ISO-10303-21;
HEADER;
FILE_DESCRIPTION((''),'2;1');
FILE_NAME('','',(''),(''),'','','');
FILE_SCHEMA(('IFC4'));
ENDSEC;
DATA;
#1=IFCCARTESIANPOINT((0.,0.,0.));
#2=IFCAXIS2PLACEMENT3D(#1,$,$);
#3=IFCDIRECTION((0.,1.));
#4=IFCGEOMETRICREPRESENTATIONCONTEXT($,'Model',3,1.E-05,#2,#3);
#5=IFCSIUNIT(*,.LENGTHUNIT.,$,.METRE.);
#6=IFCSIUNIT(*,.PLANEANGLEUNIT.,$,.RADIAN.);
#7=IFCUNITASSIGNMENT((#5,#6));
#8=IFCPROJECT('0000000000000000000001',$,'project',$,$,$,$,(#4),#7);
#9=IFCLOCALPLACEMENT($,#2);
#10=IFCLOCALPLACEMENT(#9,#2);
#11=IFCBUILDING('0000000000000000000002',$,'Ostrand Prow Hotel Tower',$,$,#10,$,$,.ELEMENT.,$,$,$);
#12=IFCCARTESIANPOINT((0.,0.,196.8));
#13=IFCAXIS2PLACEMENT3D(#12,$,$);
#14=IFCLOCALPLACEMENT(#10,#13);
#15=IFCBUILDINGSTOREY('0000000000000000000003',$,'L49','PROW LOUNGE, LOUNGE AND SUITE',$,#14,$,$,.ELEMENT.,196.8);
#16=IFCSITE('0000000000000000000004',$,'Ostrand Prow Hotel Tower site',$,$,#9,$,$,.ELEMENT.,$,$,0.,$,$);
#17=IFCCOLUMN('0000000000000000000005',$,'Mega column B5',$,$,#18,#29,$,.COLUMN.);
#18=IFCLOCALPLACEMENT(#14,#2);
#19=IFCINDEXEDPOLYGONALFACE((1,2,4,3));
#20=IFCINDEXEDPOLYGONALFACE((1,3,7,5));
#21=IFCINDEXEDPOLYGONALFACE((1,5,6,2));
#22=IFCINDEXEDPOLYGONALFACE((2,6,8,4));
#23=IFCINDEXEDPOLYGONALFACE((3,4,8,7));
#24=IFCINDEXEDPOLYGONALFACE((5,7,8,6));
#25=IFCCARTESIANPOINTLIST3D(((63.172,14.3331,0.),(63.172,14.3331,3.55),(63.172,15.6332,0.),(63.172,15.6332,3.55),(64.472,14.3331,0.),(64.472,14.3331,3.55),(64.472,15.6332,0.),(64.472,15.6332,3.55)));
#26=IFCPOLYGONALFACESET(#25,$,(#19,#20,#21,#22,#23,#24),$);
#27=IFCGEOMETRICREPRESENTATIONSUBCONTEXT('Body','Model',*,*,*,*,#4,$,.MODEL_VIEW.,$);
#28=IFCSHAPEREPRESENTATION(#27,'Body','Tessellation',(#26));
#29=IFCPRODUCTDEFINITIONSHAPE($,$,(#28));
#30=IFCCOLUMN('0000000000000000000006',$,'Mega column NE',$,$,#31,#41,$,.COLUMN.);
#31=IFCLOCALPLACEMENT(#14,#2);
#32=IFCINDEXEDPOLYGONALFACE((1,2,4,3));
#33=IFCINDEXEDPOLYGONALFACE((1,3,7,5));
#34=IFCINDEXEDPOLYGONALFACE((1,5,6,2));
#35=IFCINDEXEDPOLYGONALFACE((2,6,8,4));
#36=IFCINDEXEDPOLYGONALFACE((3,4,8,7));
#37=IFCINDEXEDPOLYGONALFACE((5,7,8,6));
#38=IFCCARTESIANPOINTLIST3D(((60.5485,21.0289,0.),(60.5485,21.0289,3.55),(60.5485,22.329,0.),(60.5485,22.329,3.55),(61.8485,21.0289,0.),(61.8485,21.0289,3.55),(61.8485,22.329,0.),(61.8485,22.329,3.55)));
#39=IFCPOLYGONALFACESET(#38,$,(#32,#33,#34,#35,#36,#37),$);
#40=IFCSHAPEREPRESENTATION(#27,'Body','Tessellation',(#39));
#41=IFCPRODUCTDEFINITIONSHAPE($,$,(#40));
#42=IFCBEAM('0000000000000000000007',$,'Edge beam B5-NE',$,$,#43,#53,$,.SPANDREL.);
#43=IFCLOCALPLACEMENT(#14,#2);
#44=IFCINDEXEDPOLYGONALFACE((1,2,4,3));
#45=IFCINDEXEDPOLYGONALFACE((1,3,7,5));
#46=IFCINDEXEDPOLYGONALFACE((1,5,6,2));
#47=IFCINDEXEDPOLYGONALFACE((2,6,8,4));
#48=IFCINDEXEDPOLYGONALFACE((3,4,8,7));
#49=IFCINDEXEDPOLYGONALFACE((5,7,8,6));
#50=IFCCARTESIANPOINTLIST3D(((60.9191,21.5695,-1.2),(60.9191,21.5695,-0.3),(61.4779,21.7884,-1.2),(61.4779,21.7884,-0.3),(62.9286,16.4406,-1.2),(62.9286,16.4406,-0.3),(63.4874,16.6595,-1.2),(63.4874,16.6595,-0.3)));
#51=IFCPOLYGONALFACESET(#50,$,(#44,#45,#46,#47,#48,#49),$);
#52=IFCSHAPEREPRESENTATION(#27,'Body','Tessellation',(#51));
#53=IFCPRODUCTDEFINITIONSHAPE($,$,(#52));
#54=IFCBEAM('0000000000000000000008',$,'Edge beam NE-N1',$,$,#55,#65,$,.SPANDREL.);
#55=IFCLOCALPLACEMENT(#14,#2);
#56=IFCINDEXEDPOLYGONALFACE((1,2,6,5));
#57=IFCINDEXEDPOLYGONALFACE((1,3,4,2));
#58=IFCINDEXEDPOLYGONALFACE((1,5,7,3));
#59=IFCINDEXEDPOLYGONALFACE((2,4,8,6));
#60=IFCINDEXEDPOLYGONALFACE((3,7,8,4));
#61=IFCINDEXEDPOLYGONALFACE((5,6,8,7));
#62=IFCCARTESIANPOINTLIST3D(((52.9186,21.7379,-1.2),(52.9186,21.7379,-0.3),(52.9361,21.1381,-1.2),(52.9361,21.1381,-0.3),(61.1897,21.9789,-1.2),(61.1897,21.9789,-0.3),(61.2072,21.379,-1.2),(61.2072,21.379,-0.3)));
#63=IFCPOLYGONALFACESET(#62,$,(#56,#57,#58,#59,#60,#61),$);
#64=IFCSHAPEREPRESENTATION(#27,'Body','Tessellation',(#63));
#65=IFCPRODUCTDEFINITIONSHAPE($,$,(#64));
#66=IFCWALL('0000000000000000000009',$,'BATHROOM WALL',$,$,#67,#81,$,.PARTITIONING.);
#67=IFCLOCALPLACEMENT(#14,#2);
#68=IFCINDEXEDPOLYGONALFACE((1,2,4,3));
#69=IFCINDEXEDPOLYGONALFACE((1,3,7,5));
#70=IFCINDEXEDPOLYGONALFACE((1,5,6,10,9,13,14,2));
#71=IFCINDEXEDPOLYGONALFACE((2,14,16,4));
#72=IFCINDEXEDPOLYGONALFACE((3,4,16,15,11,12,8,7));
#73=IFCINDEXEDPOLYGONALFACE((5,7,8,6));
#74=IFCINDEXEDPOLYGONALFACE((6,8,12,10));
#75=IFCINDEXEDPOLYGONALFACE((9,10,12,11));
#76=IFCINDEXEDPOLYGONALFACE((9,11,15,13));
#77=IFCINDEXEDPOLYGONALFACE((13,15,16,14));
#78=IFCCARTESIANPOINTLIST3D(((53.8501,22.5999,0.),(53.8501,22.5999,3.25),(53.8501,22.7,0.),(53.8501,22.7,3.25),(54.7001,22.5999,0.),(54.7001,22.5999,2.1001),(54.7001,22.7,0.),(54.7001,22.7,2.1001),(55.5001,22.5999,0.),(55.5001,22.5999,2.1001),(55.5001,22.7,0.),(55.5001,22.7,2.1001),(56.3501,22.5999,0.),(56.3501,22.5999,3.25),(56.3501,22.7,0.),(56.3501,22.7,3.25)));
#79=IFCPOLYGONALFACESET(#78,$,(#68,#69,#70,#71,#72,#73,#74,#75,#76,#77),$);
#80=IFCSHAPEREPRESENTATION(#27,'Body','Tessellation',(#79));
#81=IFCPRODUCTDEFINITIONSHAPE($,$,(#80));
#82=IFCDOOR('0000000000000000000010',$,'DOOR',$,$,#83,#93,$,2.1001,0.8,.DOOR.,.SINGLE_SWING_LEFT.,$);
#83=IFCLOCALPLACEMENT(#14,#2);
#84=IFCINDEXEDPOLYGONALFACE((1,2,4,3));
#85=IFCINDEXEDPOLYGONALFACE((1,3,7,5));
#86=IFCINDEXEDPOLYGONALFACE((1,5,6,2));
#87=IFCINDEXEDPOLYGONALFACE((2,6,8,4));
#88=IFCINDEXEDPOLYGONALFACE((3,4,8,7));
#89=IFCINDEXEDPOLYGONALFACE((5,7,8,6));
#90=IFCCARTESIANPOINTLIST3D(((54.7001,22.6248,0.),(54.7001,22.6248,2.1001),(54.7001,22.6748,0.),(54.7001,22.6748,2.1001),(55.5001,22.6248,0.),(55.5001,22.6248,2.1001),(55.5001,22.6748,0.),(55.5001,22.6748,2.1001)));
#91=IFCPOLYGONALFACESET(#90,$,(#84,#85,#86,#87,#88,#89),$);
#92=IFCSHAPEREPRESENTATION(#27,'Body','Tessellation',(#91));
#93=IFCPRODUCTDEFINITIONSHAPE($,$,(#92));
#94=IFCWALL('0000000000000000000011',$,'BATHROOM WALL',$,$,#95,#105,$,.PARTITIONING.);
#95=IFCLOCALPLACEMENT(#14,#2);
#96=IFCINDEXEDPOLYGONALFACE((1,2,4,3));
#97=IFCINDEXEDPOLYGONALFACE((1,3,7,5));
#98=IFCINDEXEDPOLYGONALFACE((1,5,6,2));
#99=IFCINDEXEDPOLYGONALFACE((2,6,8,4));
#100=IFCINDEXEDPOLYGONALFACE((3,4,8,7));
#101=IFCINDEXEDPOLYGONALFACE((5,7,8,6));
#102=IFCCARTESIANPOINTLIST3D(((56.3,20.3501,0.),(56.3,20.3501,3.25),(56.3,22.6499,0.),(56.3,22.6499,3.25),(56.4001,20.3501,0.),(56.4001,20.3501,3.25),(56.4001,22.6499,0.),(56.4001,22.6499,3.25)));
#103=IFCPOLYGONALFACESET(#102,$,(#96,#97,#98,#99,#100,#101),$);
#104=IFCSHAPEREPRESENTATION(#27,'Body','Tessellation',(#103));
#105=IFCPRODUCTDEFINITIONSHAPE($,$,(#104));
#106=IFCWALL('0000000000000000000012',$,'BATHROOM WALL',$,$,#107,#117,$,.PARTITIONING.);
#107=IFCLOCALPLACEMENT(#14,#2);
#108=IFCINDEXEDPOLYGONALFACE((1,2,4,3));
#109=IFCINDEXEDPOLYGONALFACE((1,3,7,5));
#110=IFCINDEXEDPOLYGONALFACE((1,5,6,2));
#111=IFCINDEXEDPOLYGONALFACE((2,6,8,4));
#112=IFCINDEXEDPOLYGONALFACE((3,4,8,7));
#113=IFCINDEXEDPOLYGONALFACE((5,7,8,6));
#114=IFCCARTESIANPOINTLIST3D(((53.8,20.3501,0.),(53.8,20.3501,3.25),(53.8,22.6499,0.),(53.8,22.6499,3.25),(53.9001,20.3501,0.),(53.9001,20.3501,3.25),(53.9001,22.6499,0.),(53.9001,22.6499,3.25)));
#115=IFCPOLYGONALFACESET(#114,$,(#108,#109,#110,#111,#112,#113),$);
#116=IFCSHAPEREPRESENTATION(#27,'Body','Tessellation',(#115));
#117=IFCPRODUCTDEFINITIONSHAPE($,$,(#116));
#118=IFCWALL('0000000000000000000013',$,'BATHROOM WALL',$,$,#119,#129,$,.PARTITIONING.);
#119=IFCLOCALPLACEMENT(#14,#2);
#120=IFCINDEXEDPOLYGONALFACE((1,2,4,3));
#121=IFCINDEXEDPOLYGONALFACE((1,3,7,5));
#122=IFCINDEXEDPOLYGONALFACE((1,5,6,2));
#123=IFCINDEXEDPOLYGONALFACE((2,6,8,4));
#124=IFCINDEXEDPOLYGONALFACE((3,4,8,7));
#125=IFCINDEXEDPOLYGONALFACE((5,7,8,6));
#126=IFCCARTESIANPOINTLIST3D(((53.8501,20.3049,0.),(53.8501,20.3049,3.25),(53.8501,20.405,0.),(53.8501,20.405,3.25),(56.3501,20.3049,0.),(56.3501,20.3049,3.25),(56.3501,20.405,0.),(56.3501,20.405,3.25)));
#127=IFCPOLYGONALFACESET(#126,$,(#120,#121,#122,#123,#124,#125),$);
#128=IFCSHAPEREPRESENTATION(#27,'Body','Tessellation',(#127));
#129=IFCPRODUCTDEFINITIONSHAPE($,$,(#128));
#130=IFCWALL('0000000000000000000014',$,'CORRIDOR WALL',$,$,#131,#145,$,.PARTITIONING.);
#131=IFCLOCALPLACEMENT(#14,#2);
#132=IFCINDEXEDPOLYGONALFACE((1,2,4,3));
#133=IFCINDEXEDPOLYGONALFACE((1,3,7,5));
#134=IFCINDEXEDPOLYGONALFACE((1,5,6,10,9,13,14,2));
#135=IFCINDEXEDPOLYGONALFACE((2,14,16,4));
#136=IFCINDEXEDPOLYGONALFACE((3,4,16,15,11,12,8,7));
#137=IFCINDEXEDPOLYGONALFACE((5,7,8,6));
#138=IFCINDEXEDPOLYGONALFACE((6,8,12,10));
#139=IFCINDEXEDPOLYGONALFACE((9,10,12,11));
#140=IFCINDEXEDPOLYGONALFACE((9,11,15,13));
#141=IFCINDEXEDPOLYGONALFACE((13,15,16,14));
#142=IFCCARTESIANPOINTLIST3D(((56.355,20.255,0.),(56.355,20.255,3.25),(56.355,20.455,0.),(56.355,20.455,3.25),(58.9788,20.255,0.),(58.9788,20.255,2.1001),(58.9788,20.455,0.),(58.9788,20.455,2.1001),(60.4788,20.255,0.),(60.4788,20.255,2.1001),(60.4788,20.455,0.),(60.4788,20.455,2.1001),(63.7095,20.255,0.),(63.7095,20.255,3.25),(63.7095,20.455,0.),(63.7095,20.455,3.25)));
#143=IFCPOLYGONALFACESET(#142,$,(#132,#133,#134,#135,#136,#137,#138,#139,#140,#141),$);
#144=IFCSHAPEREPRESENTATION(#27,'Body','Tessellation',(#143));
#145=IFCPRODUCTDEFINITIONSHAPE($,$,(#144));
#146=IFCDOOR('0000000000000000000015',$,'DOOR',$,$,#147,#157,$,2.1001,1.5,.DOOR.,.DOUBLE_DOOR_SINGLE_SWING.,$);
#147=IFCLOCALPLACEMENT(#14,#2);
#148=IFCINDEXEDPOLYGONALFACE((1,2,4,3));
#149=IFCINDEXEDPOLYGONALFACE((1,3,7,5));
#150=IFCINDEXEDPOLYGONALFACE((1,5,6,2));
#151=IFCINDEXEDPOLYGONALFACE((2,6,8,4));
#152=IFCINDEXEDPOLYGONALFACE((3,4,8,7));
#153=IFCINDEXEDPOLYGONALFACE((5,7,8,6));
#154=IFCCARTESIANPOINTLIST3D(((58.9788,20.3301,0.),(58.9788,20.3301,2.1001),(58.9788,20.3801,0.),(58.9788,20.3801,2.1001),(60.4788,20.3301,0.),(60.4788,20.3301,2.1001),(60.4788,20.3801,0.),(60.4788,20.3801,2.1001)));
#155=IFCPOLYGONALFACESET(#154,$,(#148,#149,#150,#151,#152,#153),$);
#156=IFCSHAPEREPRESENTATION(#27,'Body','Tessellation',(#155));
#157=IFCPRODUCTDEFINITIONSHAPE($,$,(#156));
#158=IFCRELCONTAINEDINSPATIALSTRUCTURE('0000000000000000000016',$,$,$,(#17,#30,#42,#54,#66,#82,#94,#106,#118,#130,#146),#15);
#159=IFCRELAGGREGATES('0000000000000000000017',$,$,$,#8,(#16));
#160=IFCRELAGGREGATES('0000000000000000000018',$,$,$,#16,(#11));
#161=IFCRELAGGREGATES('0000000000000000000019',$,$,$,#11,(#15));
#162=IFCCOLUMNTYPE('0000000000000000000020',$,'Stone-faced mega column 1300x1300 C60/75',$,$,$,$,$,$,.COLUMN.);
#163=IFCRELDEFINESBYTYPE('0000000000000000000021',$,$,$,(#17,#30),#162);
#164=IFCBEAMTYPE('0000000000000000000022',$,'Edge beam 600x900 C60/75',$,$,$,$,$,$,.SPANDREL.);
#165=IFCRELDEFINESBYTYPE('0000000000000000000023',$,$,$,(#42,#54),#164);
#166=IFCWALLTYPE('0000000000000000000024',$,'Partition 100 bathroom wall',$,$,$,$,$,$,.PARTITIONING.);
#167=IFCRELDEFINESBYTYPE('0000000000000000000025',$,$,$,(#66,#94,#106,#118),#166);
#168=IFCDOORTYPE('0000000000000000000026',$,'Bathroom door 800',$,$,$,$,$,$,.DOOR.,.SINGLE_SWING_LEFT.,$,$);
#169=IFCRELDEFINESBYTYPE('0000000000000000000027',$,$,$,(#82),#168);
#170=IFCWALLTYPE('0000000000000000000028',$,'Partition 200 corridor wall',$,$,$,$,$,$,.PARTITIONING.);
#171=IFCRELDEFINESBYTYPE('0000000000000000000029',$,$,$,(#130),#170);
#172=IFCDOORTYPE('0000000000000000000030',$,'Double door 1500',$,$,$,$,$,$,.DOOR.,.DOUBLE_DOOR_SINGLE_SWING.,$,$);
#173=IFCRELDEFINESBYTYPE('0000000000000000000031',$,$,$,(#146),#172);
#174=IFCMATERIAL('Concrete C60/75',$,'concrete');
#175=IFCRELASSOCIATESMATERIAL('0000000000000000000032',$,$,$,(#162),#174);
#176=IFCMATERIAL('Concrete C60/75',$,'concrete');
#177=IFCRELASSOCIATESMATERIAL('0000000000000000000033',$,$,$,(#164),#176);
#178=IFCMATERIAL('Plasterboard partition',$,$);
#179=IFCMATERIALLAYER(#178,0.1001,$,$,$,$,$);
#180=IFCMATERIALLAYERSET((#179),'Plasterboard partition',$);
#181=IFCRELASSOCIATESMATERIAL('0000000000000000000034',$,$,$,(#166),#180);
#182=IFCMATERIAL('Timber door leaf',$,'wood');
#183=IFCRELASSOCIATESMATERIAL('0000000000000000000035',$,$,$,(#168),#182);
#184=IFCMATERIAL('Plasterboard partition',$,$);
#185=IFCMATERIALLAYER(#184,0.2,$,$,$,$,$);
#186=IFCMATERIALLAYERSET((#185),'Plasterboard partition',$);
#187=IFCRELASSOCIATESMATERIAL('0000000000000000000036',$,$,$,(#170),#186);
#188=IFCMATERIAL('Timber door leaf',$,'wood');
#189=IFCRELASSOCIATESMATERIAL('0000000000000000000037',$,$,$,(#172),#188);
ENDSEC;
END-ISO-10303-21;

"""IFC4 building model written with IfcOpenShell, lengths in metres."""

from ifc_helpers import new_model, si_unit, direction, frame, frame_2d, origin, origin_2d, place, context, subcontext, project, spatial, rectangle, extrude, material, layer, layer_set, material_profile, profile_set, type_object, element, fill, save


model = new_model("IFC4")

# Units and contexts
model_context = context("Model", 3, precision=1e-05, world=origin(), true_north=direction((0.0, 1.0)))
body_context = subcontext(model_context, "Body", "Model", "MODEL_VIEW")
ifc_project = project(units=[si_unit("LENGTHUNIT", "METRE"), si_unit("PLANEANGLEUNIT", "RADIAN")], contexts=[model_context])

# Site, building, storey
site_placement = place(None, origin())
site = spatial("IfcSite", under=ifc_project, at=site_placement, Name="Ostrand Prow Hotel Tower site", CompositionType="ELEMENT", RefElevation=0.0)
building_placement = place(site_placement, origin())
building = spatial("IfcBuilding", under=site, at=building_placement, Name="Ostrand Prow Hotel Tower", CompositionType="ELEMENT")
storey_placement = place(building_placement, frame((0.0, 0.0, 196.8)))
storey = spatial("IfcBuildingStorey", under=building, at=storey_placement, Name="L49", Description="PROW LOUNGE, LOUNGE AND SUITE", CompositionType="ELEMENT", Elevation=196.8)

# Columns
ifc_material_1 = material(Name="Concrete C60/75", Category="concrete")
ifc_material_profile_1 = material_profile(ifc_material_1, rectangle(XDim=1.3, YDim=1.3, at=origin_2d()), Name="RC 1300x1300")
ifc_profile_set_1 = profile_set([ifc_material_profile_1], Name="Concrete C60/75")
column_type = type_object("IfcColumnType", Name="Stone-faced mega column 1300x1300 C60/75", PredefinedType="COLUMN", material=ifc_profile_set_1)
for number, where, z_axis, x_axis, name in (
    (1, (63.822, 14.9832, 0.0), (0.0, 0.0, 1.0), (1.0, 0.0, 0.0), "Mega column B5"),
    (2, (61.1985, 21.679, 0.0), (0.0, 0.0, 1.0), (1.0, 0.0, 0.0), "Mega column NE"),
):
    element("IfcColumn", number, at=place(storey_placement, frame(where, z_axis=z_axis, x_axis=x_axis)), inside=storey, type_object=column_type, Name=name, PredefinedType="COLUMN", context=body_context, shape_type="SweptSolid", body=[
        extrude(rectangle(XDim=1.3, YDim=1.3, at=origin_2d()), origin(), (0.0, 0.0, 1.0), 3.55),
    ])

# Beams
ifc_material_2 = material(Name="Concrete C60/75", Category="concrete")
ifc_material_profile_2 = material_profile(ifc_material_2, rectangle(XDim=0.6001, YDim=0.8999, at=origin_2d()), Name="RC 600x900")
ifc_profile_set_2 = profile_set([ifc_material_profile_2], Name="Concrete C60/75")
beam_type = type_object("IfcBeamType", Name="Edge beam 600x900 C60/75", PredefinedType="SPANDREL", material=ifc_profile_set_2)
beam_1_placement = place(storey_placement, frame((63.208, 16.55, -0.75), z_axis=(-0.364802, 0.931085, 0.0), x_axis=(-0.931085, -0.364802, 0.0)))
element("IfcBeam", 3, at=beam_1_placement, inside=storey, type_object=beam_type, Name="Edge beam B5-NE", PredefinedType="SPANDREL", context=body_context, shape_type="SweptSolid", body=[
    extrude(rectangle(XDim=0.6001, YDim=0.8999, at=origin_2d()), origin(), (0.0, 0.0, 1.0), 5.5085),
])
beam_2_placement = place(storey_placement, frame((61.1985, 21.679, -0.75), z_axis=(-0.999576, -0.029121, 0.0), x_axis=(0.029121, -0.999576, 0.0)))
element("IfcBeam", 4, at=beam_2_placement, inside=storey, type_object=beam_type, Name="Edge beam NE-N1", PredefinedType="SPANDREL", context=body_context, shape_type="SweptSolid", body=[
    extrude(rectangle(XDim=0.6001, YDim=0.8999, at=origin_2d()), origin(), (0.0, 0.0, 1.0), 8.2747),
])

# Wall, opening, door
ifc_material_3 = material(Name="Plasterboard partition")
ifc_layer_1 = layer(ifc_material_3, 0.1001)
ifc_layer_set_1 = layer_set([ifc_layer_1], Name="Plasterboard partition")
wall_type_1 = type_object("IfcWallType", Name="Partition 100 bathroom wall", PredefinedType="PARTITIONING", material=ifc_layer_set_1)
wall_1_placement = place(storey_placement, frame((53.8501, 22.6499, 0.0), z_axis=(0.0, 0.0, 1.0), x_axis=(1.0, 0.0, 0.0)))
wall_1 = element("IfcWall", 5, at=wall_1_placement, inside=storey, type_object=wall_type_1, Name="BATHROOM WALL", PredefinedType="PARTITIONING", context=body_context, shape_type="SweptSolid", body=[
    extrude(rectangle(XDim=2.5, YDim=0.1001, at=frame_2d((1.25, 0.0))), origin(), (0.0, 0.0, 1.0), 3.25),
])
opening_1_placement = place(wall_1_placement, frame((0.8501, 0.0, 0.0)))
opening_1 = element("IfcOpeningElement", 6, at=opening_1_placement, cuts=wall_1, PredefinedType="OPENING", context=body_context, shape_type="SweptSolid", body=[
    extrude(rectangle(XDim=0.8, YDim=2.1001, at=frame_2d((0.3999, 1.05))), frame((0.0, 0.0601, 0.0), z_axis=(0.0, -1.0, 0.0), x_axis=(1.0, 0.0, 0.0)), (0.0, 0.0, 1.0), 0.1201),
])
ifc_material_4 = material(Name="Timber door leaf", Category="wood")
door_type_1 = type_object("IfcDoorType", Name="Bathroom door 800", OperationType="SINGLE_SWING_LEFT", PredefinedType="DOOR", material=ifc_material_4)
door_1_placement = place(opening_1_placement, origin())
door_1 = element("IfcDoor", 7, at=door_1_placement, inside=storey, type_object=door_type_1, Name="DOOR", OperationType="SINGLE_SWING_LEFT", OverallHeight=2.1001, OverallWidth=0.8, PredefinedType="DOOR", context=body_context, shape_type="SweptSolid", body=[
    extrude(rectangle(XDim=0.8, YDim=2.1001, at=frame_2d((0.3999, 1.05))), frame((0.0, 0.0249, 0.0), z_axis=(0.0, -1.0, 0.0), x_axis=(1.0, 0.0, 0.0)), (0.0, 0.0, 1.0), 0.05),
])
fill(opening_1, door_1)

# Walls
for number, where, z_axis, x_axis, name in (
    (8, (56.3501, 22.6499, 0.0), (0.0, 0.0, 1.0), (0.0, -1.0, 0.0), "BATHROOM WALL"),
    (9, (53.8501, 20.3501, 0.0), (0.0, 0.0, 1.0), (0.0, 1.0, 0.0), "BATHROOM WALL"),
):
    element("IfcWall", number, at=place(storey_placement, frame(where, z_axis=z_axis, x_axis=x_axis)), inside=storey, type_object=wall_type_1, Name=name, PredefinedType="PARTITIONING", context=body_context, shape_type="SweptSolid", body=[
        extrude(rectangle(XDim=2.2998, YDim=0.1001, at=frame_2d((1.1499, 0.0))), origin(), (0.0, 0.0, 1.0), 3.25),
    ])
wall_2_placement = place(storey_placement, frame((56.3501, 20.355, 0.0), z_axis=(0.0, 0.0, 1.0), x_axis=(-1.0, 0.0, 0.0)))
element("IfcWall", 10, at=wall_2_placement, inside=storey, type_object=wall_type_1, Name="BATHROOM WALL", PredefinedType="PARTITIONING", context=body_context, shape_type="SweptSolid", body=[
    extrude(rectangle(XDim=2.5, YDim=0.1001, at=frame_2d((1.25, 0.0))), origin(), (0.0, 0.0, 1.0), 3.25),
])

# Wall, opening, door
ifc_material_5 = material(Name="Plasterboard partition")
ifc_layer_2 = layer(ifc_material_5, 0.2)
ifc_layer_set_2 = layer_set([ifc_layer_2], Name="Plasterboard partition")
wall_type_2 = type_object("IfcWallType", Name="Partition 200 corridor wall", PredefinedType="PARTITIONING", material=ifc_layer_set_2)
wall_3_placement = place(storey_placement, frame((63.7095, 20.355, 0.0), z_axis=(0.0, 0.0, 1.0), x_axis=(-1.0, 0.0, 0.0)))
wall_3 = element("IfcWall", 11, at=wall_3_placement, inside=storey, type_object=wall_type_2, Name="CORRIDOR WALL", PredefinedType="PARTITIONING", context=body_context, shape_type="SweptSolid", body=[
    extrude(rectangle(XDim=7.3545, YDim=0.2, at=frame_2d((3.6772, 0.0))), origin(), (0.0, 0.0, 1.0), 3.25),
])
opening_2_placement = place(wall_3_placement, frame((3.2307, 0.0, 0.0)))
opening_2 = element("IfcOpeningElement", 12, at=opening_2_placement, cuts=wall_3, PredefinedType="OPENING", context=body_context, shape_type="SweptSolid", body=[
    extrude(rectangle(XDim=1.5, YDim=2.1001, at=frame_2d((0.75, 1.05))), frame((0.0, 0.1099, 0.0), z_axis=(0.0, -1.0, 0.0), x_axis=(1.0, 0.0, 0.0)), (0.0, 0.0, 1.0), 0.22),
])
ifc_material_6 = material(Name="Timber door leaf", Category="wood")
door_type_2 = type_object("IfcDoorType", Name="Double door 1500", OperationType="DOUBLE_DOOR_SINGLE_SWING", PredefinedType="DOOR", material=ifc_material_6)
door_2_placement = place(opening_2_placement, origin())
door_2 = element("IfcDoor", 13, at=door_2_placement, inside=storey, type_object=door_type_2, Name="DOOR", OperationType="DOUBLE_DOOR_SINGLE_SWING", OverallHeight=2.1001, OverallWidth=1.5, PredefinedType="DOOR", context=body_context, shape_type="SweptSolid", body=[
    extrude(rectangle(XDim=1.5, YDim=2.1001, at=frame_2d((0.75, 1.05))), frame((0.0, 0.0249, 0.0), z_axis=(0.0, -1.0, 0.0), x_axis=(1.0, 0.0, 0.0)), (0.0, 0.0, 1.0), 0.05),
])
fill(opening_2, door_2)

save(model, "model.ifc")
